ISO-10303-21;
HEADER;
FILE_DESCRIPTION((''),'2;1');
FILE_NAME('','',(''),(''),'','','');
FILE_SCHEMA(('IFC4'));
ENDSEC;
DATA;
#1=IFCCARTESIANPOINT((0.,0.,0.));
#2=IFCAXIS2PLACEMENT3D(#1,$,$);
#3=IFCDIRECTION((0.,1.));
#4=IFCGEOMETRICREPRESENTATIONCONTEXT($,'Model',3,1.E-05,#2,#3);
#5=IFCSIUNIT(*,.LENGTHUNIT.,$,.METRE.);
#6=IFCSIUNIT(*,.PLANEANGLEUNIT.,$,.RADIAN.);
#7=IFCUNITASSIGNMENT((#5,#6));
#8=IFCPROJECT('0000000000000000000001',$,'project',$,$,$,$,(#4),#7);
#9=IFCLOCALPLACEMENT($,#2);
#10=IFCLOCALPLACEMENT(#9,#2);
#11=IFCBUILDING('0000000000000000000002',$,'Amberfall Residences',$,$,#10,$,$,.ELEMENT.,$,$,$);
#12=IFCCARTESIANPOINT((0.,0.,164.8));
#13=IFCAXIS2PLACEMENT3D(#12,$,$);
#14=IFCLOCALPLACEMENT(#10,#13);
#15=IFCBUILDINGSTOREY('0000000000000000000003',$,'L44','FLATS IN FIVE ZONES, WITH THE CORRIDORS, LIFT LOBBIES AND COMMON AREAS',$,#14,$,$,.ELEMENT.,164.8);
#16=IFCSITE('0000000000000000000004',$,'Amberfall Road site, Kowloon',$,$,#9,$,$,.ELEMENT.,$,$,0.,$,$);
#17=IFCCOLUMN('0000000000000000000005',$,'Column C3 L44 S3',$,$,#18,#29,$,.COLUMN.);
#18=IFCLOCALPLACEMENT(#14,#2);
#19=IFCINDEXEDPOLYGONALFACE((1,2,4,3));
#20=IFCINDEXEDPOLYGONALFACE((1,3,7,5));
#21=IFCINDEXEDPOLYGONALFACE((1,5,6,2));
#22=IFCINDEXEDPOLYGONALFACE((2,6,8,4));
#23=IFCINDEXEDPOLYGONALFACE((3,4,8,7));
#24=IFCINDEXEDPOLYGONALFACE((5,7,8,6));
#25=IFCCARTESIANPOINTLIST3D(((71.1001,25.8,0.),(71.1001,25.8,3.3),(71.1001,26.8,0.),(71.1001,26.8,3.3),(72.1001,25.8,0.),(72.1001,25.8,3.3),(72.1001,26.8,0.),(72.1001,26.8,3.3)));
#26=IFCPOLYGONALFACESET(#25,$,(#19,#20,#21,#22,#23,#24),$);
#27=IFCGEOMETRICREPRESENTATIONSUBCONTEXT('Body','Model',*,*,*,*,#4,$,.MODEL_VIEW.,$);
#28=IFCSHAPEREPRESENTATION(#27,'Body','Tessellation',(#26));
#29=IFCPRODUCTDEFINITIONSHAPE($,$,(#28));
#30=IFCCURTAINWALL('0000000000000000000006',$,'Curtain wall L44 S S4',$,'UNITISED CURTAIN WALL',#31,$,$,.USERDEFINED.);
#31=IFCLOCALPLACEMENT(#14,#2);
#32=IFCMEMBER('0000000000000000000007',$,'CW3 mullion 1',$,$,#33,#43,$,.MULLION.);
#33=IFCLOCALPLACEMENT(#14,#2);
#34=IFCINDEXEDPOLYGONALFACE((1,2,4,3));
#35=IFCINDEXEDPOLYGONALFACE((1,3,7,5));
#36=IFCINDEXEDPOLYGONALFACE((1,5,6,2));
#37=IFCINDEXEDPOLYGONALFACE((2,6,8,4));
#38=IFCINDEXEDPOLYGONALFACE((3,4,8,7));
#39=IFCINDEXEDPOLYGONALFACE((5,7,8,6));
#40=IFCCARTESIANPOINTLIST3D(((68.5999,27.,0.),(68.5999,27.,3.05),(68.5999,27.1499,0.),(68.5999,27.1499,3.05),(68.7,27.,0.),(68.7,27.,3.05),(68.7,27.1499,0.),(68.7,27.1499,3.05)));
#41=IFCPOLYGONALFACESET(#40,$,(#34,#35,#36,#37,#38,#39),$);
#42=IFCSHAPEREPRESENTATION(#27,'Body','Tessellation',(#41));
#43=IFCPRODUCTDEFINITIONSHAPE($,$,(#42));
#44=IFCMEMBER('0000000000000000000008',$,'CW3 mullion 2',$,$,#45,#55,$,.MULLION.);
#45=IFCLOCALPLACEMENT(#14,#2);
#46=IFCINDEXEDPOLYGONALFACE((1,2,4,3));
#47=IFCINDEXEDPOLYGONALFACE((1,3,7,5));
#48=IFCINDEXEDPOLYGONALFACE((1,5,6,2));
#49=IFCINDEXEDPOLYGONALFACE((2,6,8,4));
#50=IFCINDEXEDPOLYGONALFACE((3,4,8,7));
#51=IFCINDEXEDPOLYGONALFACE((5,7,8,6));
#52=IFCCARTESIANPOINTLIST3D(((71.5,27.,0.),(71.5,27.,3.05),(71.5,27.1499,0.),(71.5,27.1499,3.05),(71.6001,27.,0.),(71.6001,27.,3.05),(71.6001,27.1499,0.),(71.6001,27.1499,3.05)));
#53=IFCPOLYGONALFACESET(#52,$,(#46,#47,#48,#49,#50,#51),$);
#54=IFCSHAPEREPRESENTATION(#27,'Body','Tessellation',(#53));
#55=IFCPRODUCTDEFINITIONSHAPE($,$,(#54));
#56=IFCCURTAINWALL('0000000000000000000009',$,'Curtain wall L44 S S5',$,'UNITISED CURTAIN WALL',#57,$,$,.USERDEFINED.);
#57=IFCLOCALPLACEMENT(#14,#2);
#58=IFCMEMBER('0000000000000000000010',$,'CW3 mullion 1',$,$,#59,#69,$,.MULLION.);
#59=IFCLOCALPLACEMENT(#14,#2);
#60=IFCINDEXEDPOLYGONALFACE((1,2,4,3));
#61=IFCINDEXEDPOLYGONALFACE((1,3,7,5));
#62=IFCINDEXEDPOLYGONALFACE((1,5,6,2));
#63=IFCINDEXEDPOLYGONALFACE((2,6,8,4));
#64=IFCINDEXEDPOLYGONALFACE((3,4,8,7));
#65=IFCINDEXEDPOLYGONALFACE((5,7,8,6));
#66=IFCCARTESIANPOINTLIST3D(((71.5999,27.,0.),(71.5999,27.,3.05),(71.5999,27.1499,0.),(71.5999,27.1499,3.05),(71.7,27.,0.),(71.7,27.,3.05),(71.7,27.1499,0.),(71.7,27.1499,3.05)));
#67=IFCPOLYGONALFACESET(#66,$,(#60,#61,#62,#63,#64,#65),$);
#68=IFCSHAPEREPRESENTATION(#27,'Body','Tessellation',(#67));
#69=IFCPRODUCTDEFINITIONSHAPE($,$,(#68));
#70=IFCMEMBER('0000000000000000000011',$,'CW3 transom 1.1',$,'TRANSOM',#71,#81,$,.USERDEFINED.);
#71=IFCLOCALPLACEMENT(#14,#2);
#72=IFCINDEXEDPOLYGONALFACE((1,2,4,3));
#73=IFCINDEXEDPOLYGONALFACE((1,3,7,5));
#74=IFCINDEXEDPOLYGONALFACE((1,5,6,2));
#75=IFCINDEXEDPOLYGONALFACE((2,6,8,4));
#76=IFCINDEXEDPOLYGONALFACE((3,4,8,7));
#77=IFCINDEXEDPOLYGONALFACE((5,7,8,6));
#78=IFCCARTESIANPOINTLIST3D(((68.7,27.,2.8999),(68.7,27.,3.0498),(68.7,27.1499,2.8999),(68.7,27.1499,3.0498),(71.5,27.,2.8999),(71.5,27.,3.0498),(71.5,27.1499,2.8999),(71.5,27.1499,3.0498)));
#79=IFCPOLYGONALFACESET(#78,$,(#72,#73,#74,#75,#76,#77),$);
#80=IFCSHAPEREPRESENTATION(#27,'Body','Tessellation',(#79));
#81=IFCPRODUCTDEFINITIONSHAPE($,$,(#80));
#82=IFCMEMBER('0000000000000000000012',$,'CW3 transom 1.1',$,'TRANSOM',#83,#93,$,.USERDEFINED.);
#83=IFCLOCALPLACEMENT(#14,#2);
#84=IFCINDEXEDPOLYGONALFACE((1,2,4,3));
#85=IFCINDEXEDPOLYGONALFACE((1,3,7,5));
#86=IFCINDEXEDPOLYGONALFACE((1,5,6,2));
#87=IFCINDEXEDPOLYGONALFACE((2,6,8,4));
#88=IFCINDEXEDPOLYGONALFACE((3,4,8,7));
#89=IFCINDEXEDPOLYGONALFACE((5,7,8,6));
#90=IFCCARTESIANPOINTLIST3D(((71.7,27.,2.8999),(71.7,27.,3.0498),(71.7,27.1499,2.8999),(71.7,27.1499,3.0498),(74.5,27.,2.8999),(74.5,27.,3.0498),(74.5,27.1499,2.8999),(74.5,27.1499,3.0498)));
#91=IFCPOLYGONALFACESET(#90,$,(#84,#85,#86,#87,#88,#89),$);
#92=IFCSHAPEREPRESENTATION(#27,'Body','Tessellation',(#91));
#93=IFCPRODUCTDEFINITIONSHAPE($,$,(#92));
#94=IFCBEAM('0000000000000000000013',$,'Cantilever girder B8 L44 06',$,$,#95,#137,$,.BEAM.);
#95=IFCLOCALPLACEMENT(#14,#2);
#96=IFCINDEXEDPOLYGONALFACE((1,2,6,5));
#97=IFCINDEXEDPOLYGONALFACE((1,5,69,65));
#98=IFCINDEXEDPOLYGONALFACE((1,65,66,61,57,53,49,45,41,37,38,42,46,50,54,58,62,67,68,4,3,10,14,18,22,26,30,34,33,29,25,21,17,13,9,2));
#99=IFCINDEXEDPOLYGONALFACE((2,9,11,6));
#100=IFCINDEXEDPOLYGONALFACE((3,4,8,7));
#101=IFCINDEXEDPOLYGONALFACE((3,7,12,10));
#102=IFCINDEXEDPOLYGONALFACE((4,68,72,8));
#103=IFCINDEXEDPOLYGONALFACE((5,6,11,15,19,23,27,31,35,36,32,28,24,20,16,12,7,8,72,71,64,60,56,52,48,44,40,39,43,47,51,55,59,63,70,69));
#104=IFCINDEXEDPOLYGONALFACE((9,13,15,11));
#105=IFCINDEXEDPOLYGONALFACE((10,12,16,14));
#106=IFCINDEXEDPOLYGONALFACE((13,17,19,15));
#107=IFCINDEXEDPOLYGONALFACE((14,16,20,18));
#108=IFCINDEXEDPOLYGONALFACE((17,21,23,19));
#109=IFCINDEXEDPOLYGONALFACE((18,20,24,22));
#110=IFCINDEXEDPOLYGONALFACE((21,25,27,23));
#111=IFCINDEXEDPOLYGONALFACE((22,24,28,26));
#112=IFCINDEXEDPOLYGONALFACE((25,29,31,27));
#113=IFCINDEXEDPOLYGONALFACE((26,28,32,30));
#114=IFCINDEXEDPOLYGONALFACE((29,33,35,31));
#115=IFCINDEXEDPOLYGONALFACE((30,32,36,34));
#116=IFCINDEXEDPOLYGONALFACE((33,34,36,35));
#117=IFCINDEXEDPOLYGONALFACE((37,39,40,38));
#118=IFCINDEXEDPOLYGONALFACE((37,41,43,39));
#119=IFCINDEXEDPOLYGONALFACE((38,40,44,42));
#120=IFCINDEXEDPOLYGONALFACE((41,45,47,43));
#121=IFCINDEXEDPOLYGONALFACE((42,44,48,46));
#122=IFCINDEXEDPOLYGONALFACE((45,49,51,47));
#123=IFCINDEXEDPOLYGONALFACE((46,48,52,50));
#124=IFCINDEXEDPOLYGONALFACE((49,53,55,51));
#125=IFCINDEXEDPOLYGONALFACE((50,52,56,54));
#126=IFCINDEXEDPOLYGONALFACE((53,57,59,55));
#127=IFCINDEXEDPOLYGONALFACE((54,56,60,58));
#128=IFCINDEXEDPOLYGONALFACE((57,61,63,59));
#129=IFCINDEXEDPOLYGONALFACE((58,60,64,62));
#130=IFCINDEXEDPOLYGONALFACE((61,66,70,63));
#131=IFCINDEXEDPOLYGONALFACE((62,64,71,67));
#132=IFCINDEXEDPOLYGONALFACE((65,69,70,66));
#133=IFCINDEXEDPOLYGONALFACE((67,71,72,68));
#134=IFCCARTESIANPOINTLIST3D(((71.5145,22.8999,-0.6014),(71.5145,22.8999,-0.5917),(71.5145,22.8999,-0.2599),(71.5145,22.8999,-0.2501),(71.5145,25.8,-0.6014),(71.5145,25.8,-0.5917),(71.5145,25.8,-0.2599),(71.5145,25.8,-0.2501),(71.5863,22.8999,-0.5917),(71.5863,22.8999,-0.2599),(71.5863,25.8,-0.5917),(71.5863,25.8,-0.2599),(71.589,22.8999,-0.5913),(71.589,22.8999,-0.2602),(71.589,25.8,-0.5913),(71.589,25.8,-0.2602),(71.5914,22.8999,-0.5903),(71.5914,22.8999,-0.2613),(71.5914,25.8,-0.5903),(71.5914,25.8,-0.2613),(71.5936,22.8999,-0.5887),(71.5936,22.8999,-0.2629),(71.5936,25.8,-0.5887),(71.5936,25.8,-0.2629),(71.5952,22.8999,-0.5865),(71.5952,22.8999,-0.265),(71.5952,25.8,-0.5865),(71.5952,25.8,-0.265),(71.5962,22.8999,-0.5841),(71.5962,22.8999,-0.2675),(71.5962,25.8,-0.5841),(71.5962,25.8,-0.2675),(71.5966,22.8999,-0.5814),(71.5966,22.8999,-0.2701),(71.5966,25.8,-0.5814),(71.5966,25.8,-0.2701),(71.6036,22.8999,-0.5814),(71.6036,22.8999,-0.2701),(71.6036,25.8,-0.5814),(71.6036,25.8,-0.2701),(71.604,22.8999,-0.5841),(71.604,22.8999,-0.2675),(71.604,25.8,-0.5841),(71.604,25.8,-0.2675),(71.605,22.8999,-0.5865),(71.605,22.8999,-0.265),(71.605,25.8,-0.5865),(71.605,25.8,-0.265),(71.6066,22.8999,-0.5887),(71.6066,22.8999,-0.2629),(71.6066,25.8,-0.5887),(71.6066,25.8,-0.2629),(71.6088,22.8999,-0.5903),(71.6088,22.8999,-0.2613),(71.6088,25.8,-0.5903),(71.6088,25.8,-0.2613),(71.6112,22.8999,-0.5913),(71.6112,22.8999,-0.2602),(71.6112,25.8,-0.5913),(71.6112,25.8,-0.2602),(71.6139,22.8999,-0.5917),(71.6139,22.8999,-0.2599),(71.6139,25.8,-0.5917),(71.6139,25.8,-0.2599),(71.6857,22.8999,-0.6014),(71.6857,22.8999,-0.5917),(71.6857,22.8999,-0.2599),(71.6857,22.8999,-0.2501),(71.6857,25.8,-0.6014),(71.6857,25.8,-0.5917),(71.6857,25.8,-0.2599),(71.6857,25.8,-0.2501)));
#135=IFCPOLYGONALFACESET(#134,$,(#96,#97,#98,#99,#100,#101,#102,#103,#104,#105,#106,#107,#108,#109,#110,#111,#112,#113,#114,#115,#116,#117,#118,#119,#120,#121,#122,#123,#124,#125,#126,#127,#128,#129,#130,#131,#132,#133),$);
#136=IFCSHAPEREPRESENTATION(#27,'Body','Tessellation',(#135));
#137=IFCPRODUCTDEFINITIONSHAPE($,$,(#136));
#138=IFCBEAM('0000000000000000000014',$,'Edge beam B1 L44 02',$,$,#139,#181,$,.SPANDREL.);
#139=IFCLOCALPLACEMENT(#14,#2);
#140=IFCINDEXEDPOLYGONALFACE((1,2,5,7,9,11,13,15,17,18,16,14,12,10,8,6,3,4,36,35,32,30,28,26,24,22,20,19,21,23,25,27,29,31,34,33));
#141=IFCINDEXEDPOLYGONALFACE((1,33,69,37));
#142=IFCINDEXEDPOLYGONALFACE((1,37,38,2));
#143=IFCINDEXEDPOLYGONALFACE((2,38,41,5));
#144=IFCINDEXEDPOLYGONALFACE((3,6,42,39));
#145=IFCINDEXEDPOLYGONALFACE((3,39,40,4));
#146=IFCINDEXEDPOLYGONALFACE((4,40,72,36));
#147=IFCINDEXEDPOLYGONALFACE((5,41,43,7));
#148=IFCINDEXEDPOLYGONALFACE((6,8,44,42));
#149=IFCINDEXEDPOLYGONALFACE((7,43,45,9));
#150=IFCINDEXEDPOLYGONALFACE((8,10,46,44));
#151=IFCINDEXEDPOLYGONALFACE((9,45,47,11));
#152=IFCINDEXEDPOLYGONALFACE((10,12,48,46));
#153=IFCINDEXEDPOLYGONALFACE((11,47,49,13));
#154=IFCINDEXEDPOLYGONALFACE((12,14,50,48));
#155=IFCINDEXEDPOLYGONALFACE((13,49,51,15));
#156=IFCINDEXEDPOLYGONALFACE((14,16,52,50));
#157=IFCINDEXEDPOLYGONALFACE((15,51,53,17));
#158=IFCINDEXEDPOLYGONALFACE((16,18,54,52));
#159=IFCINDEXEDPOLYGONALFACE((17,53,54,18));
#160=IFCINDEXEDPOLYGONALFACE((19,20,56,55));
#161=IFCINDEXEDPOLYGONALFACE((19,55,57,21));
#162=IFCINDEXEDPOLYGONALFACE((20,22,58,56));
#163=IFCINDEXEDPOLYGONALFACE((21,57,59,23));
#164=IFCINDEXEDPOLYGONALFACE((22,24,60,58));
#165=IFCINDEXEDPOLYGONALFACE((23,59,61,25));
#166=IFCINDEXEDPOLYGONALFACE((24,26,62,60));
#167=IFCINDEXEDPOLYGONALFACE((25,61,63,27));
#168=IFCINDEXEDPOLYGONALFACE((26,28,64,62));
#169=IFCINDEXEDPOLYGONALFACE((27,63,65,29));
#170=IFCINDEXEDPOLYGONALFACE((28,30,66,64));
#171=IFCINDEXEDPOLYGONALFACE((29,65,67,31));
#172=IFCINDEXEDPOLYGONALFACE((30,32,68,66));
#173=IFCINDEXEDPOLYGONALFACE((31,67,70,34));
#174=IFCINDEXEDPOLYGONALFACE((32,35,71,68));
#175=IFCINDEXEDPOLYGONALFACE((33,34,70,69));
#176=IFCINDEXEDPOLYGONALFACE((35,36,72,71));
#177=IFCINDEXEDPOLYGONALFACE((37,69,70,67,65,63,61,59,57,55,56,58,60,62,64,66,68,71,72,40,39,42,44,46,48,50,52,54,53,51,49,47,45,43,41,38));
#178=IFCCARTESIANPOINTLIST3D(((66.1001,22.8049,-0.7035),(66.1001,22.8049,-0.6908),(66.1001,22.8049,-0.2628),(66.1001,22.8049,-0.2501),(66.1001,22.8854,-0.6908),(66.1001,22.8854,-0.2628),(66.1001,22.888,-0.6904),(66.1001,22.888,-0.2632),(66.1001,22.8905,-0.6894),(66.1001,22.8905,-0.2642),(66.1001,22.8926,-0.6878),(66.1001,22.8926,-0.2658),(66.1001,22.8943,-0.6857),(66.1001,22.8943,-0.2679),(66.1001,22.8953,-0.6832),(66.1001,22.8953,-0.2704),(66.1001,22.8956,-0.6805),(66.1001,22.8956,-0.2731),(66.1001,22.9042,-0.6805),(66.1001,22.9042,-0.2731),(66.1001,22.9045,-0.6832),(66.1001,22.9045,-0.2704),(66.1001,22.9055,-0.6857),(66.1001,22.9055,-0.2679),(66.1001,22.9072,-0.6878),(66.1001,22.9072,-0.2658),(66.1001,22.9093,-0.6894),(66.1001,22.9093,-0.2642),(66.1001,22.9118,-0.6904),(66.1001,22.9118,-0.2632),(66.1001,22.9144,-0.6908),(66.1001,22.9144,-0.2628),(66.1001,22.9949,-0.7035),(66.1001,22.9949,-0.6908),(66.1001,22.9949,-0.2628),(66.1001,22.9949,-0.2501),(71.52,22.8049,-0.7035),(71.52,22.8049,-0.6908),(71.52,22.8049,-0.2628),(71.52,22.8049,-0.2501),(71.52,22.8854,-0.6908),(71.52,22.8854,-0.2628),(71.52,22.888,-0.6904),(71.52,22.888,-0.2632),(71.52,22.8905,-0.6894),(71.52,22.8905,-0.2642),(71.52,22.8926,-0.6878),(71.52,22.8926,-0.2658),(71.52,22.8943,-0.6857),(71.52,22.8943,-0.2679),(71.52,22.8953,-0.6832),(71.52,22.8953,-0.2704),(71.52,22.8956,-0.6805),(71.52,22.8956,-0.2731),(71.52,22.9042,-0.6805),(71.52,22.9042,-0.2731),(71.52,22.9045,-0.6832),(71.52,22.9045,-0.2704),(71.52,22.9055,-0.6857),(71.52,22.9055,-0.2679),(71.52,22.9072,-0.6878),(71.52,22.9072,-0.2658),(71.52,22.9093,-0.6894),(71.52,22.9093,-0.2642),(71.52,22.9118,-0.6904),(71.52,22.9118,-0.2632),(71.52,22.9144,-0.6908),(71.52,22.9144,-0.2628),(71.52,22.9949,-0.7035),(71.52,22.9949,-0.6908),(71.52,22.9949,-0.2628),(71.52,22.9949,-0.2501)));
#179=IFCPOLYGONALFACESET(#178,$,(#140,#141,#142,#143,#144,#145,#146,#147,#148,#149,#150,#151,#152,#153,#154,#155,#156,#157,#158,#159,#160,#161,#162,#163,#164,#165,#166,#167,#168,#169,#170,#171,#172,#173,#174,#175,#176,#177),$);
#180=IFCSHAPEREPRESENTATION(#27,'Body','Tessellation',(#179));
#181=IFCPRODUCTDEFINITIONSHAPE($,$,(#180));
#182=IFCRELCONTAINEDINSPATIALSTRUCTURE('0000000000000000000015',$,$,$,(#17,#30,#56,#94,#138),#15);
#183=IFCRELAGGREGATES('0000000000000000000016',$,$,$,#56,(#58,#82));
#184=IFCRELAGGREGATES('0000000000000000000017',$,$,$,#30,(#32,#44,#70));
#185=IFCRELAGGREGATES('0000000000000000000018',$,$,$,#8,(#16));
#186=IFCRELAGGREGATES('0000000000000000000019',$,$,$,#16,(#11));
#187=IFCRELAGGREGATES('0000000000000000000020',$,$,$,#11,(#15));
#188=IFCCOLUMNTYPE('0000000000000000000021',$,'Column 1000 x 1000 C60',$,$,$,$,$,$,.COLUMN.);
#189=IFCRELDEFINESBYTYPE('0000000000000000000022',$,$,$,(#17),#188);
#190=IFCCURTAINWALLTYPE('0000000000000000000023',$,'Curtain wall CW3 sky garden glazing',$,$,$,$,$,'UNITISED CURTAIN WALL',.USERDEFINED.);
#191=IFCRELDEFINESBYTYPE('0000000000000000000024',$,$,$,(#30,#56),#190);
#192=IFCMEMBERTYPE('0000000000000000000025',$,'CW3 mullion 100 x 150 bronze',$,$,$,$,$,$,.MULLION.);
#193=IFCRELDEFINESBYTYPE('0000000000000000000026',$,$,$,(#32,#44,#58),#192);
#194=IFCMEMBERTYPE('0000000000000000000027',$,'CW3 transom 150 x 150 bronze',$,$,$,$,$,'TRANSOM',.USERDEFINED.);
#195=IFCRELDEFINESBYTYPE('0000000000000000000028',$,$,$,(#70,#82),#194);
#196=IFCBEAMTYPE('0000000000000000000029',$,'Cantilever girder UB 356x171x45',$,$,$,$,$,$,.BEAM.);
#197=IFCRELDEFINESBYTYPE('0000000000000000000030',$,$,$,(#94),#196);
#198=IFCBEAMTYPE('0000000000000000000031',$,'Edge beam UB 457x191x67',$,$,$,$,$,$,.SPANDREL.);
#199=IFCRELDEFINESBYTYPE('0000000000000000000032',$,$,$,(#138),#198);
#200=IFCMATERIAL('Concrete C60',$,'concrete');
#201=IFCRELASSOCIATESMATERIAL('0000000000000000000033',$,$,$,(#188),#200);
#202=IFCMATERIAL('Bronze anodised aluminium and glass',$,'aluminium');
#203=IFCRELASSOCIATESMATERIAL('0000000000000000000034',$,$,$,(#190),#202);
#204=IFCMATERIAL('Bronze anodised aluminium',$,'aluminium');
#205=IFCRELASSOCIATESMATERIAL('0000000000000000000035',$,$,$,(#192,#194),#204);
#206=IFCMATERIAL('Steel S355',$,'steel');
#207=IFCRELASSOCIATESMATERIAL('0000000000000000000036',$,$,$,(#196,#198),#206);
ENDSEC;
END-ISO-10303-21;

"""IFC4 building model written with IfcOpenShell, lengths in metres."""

from ifc_helpers import new_model, si_unit, direction, frame, origin, origin_2d, place, context, subcontext, project, spatial, rectangle, i_section, extrude, material, material_profile, profile_set, type_object, element, aggregate, save


model = new_model("IFC4")

# Units and contexts
model_context = context("Model", 3, precision=1e-05, world=origin(), true_north=direction((0.0, 1.0)))
body_context = subcontext(model_context, "Body", "Model", "MODEL_VIEW")
ifc_project = project(units=[si_unit("LENGTHUNIT", "METRE"), si_unit("PLANEANGLEUNIT", "RADIAN")], contexts=[model_context])

# Site, building, storey
site_placement = place(None, origin())
site = spatial("IfcSite", under=ifc_project, at=site_placement, Name="Amberfall Road site, Kowloon", CompositionType="ELEMENT", RefElevation=0.0)
building_placement = place(site_placement, origin())
building = spatial("IfcBuilding", under=site, at=building_placement, Name="Amberfall Residences", CompositionType="ELEMENT")
storey_placement = place(building_placement, frame((0.0, 0.0, 164.8)))
storey = spatial("IfcBuildingStorey", under=building, at=storey_placement, Name="L44", Description="FLATS IN FIVE ZONES, WITH THE CORRIDORS, LIFT LOBBIES AND COMMON AREAS", CompositionType="ELEMENT", Elevation=164.8)

# Column
ifc_material_1 = material(Name="Concrete C60", Category="concrete")
ifc_material_profile_1 = material_profile(ifc_material_1, rectangle(XDim=1.0, YDim=1.0, at=origin_2d()), Name="Column 1000 x 1000 C60")
ifc_profile_set_1 = profile_set([ifc_material_profile_1], Name="Concrete C60")
column_type = type_object("IfcColumnType", Name="Column 1000 x 1000 C60", PredefinedType="COLUMN", material=ifc_profile_set_1)
column_placement = place(storey_placement, frame((71.6001, 26.3, 0.0), z_axis=(0.0, 0.0, 1.0), x_axis=(1.0, 0.0, 0.0)))
element("IfcColumn", 1, at=column_placement, inside=storey, type_object=column_type, Name="Column C3 L44 S3", PredefinedType="COLUMN", context=body_context, shape_type="SweptSolid", body=[
    extrude(rectangle(XDim=1.0, YDim=1.0, at=origin_2d()), origin(), (0.0, 0.0, 1.0), 3.3),
])

# Curtain wall, members
ifc_material_2 = material(Name="Bronze anodised aluminium and glass", Category="aluminium")
curtain_wall_type = type_object("IfcCurtainWallType", Name="Curtain wall CW3 sky garden glazing", ElementType="UNITISED CURTAIN WALL", PredefinedType="USERDEFINED", material=ifc_material_2)
curtain_wall_1_placement = place(storey_placement, origin())
curtain_wall_1 = element("IfcCurtainWall", 2, at=curtain_wall_1_placement, inside=storey, type_object=curtain_wall_type, Name="Curtain wall L44 S S4", ObjectType="UNITISED CURTAIN WALL", PredefinedType="USERDEFINED")
ifc_material_3 = material(Name="Bronze anodised aluminium", Category="aluminium")
ifc_material_profile_2 = material_profile(ifc_material_3, rectangle(XDim=0.1499, YDim=0.1001, at=origin_2d()), Name="CW3 mullion 100 x 150 bronze")
ifc_profile_set_2 = profile_set([ifc_material_profile_2], Name="Bronze anodised aluminium")
member_type_1 = type_object("IfcMemberType", Name="CW3 mullion 100 x 150 bronze", PredefinedType="MULLION", material=ifc_profile_set_2)
member_1_placement = place(storey_placement, frame((68.6499, 27.075, 0.0), z_axis=(0.0, 0.0, 1.0), x_axis=(0.0, 1.0, 0.0)))
member_1 = element("IfcMember", 3, at=member_1_placement, type_object=member_type_1, Name="CW3 mullion 1", PredefinedType="MULLION", context=body_context, shape_type="SweptSolid", body=[
    extrude(rectangle(XDim=0.1499, YDim=0.1001, at=origin_2d()), origin(), (0.0, 0.0, 1.0), 3.05),
])
member_2_placement = place(storey_placement, frame((71.55, 27.075, 0.0), z_axis=(0.0, 0.0, 1.0), x_axis=(0.0, 1.0, 0.0)))
member_2 = element("IfcMember", 4, at=member_2_placement, type_object=member_type_1, Name="CW3 mullion 2", PredefinedType="MULLION", context=body_context, shape_type="SweptSolid", body=[
    extrude(rectangle(XDim=0.1499, YDim=0.1001, at=origin_2d()), origin(), (0.0, 0.0, 1.0), 3.05),
])

# Curtain wall, member
curtain_wall_2_placement = place(storey_placement, origin())
curtain_wall_2 = element("IfcCurtainWall", 5, at=curtain_wall_2_placement, inside=storey, type_object=curtain_wall_type, Name="Curtain wall L44 S S5", ObjectType="UNITISED CURTAIN WALL", PredefinedType="USERDEFINED")
member_3_placement = place(storey_placement, frame((71.6499, 27.075, 0.0), z_axis=(0.0, 0.0, 1.0), x_axis=(0.0, 1.0, 0.0)))
member_3 = element("IfcMember", 6, at=member_3_placement, type_object=member_type_1, Name="CW3 mullion 1", PredefinedType="MULLION", context=body_context, shape_type="SweptSolid", body=[
    extrude(rectangle(XDim=0.1499, YDim=0.1001, at=origin_2d()), origin(), (0.0, 0.0, 1.0), 3.05),
])

# Members
ifc_material_profile_3 = material_profile(ifc_material_3, rectangle(XDim=0.1499, YDim=0.1499, at=origin_2d()), Name="CW3 transom 150 x 150 bronze")
ifc_profile_set_3 = profile_set([ifc_material_profile_3], Name="Bronze anodised aluminium")
member_type_2 = type_object("IfcMemberType", Name="CW3 transom 150 x 150 bronze", ElementType="TRANSOM", PredefinedType="USERDEFINED", material=ifc_profile_set_3)
member_4_placement = place(storey_placement, frame((68.7, 27.075, 2.9749), z_axis=(1.0, 0.0, 0.0), x_axis=(0.0, 1.0, 0.0)))
member_4 = element("IfcMember", 7, at=member_4_placement, type_object=member_type_2, Name="CW3 transom 1.1", ObjectType="TRANSOM", PredefinedType="USERDEFINED", context=body_context, shape_type="SweptSolid", body=[
    extrude(rectangle(XDim=0.1499, YDim=0.1499, at=origin_2d()), origin(), (0.0, 0.0, 1.0), 2.8),
])
member_5_placement = place(storey_placement, frame((71.7, 27.075, 2.9749), z_axis=(1.0, 0.0, 0.0), x_axis=(0.0, 1.0, 0.0)))
member_5 = element("IfcMember", 8, at=member_5_placement, type_object=member_type_2, Name="CW3 transom 1.1", ObjectType="TRANSOM", PredefinedType="USERDEFINED", context=body_context, shape_type="SweptSolid", body=[
    extrude(rectangle(XDim=0.1499, YDim=0.1499, at=origin_2d()), origin(), (0.0, 0.0, 1.0), 2.8),
])
aggregate(curtain_wall_2, [member_3, member_5])

# Beams
ifc_material_4 = material(Name="Steel S355", Category="steel")
ifc_material_profile_4 = material_profile(ifc_material_4, i_section(OverallWidth=0.1711, OverallDepth=0.3513, WebThickness=0.0071, FlangeThickness=0.0098, FilletRadius=0.0103, at=origin_2d()), Name="UB 356x171x45")
ifc_profile_set_4 = profile_set([ifc_material_profile_4], Name="Steel S355")
beam_type_1 = type_object("IfcBeamType", Name="Cantilever girder UB 356x171x45", PredefinedType="BEAM", material=ifc_profile_set_4)
beam_1_placement = place(storey_placement, frame((71.6001, 25.8, -0.4258), z_axis=(0.0, -1.0, 0.0), x_axis=(1.0, 0.0, 0.0)))
element("IfcBeam", 9, at=beam_1_placement, inside=storey, type_object=beam_type_1, Name="Cantilever girder B8 L44 06", PredefinedType="BEAM", context=body_context, shape_type="SweptSolid", body=[
    extrude(i_section(OverallWidth=0.1711, OverallDepth=0.3513, WebThickness=0.0071, FlangeThickness=0.0098, FilletRadius=0.0103, at=origin_2d()), origin(), (0.0, 0.0, 1.0), 2.9001),
])
ifc_material_profile_5 = material_profile(ifc_material_4, i_section(OverallWidth=0.1899, OverallDepth=0.4534, WebThickness=0.0085, FlangeThickness=0.0127, FilletRadius=0.0103, at=origin_2d()), Name="UB 457x191x67")
ifc_profile_set_5 = profile_set([ifc_material_profile_5], Name="Steel S355")
beam_type_2 = type_object("IfcBeamType", Name="Edge beam UB 457x191x67", PredefinedType="SPANDREL", material=ifc_profile_set_5)
beam_2_placement = place(storey_placement, frame((66.1001, 22.8999, -0.4768), z_axis=(1.0, 0.0, 0.0), x_axis=(0.0, 1.0, 0.0)))
element("IfcBeam", 10, at=beam_2_placement, inside=storey, type_object=beam_type_2, Name="Edge beam B1 L44 02", PredefinedType="SPANDREL", context=body_context, shape_type="SweptSolid", body=[
    extrude(i_section(OverallWidth=0.1899, OverallDepth=0.4534, WebThickness=0.0085, FlangeThickness=0.0127, FilletRadius=0.0103, at=origin_2d()), origin(), (0.0, 0.0, 1.0), 5.4199),
])

aggregate(curtain_wall_1, [member_1, member_2, member_4])

save(model, "model.ifc")
